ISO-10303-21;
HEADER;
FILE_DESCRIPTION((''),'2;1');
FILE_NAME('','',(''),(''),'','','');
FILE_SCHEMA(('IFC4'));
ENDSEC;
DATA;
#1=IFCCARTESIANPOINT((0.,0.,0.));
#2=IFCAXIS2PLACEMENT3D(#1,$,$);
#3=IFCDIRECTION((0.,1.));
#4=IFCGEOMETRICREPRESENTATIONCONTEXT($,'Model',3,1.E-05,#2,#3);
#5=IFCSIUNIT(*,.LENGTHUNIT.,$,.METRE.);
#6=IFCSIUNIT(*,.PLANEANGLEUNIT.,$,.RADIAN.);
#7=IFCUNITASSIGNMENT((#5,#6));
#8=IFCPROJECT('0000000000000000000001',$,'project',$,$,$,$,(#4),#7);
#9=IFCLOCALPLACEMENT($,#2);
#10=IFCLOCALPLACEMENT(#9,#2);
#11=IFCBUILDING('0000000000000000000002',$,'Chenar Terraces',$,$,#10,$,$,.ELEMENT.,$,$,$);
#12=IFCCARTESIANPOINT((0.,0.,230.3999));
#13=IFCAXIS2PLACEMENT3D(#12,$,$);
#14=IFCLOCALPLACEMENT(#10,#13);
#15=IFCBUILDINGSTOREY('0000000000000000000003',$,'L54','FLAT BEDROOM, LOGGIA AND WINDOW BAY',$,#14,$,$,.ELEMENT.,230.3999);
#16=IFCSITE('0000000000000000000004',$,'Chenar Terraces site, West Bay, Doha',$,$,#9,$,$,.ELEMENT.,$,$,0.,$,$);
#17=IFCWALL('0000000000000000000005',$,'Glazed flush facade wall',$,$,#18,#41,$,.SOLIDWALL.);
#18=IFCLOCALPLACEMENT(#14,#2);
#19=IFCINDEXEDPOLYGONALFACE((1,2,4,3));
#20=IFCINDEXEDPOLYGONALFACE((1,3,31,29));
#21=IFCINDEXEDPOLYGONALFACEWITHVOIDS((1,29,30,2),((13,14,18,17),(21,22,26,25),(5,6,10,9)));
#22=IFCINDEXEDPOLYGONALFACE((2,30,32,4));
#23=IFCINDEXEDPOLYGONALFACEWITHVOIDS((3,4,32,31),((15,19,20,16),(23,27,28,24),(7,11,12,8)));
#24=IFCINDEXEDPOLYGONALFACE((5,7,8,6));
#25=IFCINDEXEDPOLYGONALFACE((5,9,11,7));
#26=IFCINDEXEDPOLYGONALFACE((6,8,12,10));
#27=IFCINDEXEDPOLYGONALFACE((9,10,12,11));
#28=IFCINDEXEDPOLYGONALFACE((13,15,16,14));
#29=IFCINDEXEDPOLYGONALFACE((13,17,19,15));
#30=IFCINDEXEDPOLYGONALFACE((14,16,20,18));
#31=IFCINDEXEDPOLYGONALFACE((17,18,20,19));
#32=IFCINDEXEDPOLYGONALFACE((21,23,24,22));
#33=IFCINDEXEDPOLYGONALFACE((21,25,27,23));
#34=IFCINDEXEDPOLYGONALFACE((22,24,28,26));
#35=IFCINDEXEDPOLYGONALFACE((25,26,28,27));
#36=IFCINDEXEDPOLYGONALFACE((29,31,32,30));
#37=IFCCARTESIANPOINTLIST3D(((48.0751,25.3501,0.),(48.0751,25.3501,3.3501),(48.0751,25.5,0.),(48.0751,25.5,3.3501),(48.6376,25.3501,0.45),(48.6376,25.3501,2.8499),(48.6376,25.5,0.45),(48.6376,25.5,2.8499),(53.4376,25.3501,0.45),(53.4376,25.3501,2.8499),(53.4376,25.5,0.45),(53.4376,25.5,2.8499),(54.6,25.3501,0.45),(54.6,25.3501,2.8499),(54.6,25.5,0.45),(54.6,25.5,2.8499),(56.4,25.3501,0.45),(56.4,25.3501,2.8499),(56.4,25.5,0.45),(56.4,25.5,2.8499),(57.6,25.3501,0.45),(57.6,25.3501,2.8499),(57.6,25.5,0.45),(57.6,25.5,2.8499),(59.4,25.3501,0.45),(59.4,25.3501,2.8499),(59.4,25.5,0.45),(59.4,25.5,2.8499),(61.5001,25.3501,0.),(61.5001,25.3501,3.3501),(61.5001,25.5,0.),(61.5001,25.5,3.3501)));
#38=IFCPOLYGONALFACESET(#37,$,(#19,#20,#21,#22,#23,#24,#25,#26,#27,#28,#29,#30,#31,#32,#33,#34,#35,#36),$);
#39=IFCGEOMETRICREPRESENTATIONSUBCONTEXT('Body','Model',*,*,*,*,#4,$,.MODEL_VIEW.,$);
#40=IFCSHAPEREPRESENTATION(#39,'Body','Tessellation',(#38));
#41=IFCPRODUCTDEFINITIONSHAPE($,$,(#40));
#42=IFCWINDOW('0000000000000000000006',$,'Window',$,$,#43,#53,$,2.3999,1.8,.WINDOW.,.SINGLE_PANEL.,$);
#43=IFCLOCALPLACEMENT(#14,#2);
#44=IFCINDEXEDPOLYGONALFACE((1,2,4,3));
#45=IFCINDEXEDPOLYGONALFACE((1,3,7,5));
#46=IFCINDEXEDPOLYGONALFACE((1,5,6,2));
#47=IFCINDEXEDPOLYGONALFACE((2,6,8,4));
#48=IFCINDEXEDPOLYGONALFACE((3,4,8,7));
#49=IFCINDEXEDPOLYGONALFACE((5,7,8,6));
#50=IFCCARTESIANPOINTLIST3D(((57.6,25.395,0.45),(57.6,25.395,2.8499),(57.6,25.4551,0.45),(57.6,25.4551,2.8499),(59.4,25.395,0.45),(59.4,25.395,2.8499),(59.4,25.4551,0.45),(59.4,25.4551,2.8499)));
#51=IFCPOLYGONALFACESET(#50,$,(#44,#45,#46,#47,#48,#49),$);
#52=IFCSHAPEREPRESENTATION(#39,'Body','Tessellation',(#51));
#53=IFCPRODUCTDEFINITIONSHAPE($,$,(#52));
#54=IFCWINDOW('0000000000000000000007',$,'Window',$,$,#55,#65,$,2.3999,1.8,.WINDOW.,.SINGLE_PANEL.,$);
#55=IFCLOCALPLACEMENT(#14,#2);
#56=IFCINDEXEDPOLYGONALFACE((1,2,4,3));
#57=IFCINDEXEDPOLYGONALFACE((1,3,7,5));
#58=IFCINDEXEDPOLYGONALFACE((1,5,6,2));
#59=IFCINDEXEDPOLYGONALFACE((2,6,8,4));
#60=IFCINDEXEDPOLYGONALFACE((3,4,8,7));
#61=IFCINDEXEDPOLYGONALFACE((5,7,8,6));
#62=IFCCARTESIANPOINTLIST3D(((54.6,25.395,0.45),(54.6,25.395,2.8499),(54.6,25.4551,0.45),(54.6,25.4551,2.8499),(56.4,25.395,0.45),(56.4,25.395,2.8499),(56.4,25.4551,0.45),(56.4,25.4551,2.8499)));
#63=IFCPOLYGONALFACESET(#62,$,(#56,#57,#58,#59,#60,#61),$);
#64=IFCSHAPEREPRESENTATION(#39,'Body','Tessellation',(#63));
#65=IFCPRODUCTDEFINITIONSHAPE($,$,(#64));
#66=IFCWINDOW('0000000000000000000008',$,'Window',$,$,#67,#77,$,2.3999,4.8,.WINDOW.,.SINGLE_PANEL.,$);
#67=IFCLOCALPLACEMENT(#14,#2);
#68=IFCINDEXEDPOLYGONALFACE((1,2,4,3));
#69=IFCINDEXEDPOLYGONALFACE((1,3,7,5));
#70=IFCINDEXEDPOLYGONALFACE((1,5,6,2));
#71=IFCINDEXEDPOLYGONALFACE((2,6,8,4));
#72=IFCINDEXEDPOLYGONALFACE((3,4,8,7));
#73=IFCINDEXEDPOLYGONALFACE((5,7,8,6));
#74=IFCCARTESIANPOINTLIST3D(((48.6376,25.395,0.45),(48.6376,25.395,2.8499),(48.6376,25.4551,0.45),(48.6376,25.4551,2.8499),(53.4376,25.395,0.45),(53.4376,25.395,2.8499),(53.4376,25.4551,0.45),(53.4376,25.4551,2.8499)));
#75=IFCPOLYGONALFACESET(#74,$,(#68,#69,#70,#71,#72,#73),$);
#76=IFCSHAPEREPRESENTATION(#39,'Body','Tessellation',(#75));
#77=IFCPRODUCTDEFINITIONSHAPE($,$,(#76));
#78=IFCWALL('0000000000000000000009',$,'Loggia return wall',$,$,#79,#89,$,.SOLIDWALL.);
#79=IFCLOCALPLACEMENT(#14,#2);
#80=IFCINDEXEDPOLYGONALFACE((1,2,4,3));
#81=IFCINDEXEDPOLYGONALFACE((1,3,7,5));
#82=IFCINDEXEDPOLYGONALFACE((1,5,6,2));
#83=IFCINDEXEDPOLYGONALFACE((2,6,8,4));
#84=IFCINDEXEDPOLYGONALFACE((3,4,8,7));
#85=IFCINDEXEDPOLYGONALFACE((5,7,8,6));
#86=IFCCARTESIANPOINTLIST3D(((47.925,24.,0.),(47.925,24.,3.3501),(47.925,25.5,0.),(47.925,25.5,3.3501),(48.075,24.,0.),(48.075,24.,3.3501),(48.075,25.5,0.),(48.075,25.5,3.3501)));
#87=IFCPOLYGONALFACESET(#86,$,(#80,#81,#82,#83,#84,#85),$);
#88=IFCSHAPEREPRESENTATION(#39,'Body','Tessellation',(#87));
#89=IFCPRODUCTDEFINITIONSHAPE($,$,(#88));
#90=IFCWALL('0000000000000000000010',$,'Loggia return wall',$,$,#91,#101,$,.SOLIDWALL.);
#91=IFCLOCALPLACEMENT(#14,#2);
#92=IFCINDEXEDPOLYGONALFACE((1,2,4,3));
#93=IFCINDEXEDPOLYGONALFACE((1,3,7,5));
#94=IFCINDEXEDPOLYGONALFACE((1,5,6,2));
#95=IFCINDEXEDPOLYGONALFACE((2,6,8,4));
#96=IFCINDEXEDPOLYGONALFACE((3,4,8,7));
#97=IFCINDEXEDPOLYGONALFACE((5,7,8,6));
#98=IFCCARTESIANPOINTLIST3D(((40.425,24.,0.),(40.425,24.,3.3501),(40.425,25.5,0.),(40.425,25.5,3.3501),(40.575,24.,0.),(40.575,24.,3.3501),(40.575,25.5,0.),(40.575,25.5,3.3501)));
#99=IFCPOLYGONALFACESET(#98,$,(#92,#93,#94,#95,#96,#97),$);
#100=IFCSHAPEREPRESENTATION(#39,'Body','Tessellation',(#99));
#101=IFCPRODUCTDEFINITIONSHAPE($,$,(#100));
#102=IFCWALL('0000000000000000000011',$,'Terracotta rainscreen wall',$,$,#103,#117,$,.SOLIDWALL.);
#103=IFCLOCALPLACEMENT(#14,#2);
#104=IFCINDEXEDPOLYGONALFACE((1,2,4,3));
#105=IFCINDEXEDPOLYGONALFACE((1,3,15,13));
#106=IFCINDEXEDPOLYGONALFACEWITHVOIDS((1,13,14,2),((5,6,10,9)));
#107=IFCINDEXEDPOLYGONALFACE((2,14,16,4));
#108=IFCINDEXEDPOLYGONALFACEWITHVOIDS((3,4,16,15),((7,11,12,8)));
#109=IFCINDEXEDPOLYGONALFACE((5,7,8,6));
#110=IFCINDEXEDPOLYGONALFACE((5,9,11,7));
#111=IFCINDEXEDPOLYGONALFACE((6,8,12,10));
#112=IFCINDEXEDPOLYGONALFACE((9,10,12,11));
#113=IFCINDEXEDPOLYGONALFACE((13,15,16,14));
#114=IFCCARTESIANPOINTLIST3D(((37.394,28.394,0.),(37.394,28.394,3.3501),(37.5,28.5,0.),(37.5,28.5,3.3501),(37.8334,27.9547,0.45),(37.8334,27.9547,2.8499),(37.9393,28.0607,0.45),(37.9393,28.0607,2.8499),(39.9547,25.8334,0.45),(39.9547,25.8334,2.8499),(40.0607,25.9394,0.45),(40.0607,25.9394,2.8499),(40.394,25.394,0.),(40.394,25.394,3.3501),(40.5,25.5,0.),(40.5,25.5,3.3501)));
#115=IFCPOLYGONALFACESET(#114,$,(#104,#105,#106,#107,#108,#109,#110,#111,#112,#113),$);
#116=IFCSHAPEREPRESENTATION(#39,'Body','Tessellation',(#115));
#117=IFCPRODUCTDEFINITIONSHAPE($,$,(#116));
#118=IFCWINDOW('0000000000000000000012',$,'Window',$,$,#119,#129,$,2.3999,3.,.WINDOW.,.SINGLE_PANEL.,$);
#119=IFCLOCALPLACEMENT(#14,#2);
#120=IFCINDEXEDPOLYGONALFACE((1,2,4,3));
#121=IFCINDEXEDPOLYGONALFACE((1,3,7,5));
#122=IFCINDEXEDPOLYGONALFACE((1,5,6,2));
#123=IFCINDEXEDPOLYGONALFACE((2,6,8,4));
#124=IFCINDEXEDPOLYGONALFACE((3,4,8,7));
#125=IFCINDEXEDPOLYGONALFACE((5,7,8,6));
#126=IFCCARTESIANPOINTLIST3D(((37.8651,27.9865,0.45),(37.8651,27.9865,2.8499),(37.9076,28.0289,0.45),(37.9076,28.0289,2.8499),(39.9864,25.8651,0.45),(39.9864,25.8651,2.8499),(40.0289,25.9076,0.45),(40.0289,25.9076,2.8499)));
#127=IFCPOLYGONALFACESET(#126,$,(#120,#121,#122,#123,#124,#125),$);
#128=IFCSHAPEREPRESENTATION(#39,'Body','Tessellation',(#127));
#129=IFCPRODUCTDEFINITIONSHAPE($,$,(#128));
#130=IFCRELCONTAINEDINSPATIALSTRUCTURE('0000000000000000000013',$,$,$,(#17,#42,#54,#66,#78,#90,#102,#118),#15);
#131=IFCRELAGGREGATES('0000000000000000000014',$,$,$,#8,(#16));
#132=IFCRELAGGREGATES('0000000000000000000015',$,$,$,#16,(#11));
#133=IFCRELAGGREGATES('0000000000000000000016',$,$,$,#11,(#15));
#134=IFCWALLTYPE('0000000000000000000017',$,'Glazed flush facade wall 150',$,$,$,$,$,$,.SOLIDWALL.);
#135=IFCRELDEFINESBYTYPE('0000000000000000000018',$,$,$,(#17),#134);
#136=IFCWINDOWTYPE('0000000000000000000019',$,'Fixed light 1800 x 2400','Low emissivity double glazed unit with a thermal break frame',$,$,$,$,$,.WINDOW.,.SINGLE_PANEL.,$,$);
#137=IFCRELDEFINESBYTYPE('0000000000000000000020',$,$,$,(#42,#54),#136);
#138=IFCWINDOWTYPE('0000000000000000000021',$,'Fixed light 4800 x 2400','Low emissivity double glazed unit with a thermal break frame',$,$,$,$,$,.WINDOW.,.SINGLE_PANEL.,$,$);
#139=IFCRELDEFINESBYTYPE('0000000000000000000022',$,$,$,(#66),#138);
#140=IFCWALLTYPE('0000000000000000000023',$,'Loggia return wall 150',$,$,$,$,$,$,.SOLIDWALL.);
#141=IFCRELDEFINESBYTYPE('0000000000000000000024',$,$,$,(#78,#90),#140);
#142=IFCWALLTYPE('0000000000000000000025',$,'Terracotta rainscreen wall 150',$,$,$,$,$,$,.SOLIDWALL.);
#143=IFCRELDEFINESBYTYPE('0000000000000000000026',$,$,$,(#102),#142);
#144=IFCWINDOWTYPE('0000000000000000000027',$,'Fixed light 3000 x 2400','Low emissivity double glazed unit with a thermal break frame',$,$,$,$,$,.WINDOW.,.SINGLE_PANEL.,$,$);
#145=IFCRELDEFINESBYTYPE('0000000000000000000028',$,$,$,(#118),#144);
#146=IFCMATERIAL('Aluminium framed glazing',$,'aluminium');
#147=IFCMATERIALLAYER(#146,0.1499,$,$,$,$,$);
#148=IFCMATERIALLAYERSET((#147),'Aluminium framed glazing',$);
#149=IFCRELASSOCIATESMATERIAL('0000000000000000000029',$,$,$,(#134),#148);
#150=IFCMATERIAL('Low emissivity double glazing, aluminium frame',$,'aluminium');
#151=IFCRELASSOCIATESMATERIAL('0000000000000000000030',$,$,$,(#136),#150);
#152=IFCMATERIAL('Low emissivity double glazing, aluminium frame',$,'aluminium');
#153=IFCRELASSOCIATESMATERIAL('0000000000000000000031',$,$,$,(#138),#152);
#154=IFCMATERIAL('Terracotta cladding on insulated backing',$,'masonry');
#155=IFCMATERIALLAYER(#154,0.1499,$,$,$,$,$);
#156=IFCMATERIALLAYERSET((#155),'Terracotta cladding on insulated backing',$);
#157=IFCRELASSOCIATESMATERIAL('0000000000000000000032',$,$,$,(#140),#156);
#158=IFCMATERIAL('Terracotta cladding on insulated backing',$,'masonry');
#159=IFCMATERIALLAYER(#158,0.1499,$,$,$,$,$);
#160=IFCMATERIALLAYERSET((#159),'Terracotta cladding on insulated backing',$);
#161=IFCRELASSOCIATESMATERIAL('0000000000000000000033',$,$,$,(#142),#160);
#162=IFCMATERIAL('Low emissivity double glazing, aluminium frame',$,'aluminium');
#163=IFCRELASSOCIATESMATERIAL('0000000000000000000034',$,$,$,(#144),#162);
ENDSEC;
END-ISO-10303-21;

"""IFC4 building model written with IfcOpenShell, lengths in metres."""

from ifc_helpers import new_model, si_unit, direction, frame, frame_2d, origin, place, context, subcontext, project, spatial, rectangle, extrude, material, layer, layer_set, type_object, element, fill, save


model = new_model("IFC4")

# Units and contexts
model_context = context("Model", 3, precision=1e-05, world=origin(), true_north=direction((0.0, 1.0)))
body_context = subcontext(model_context, "Body", "Model", "MODEL_VIEW")
ifc_project = project(units=[si_unit("LENGTHUNIT", "METRE"), si_unit("PLANEANGLEUNIT", "RADIAN")], contexts=[model_context])

# Site, building, storey
site_placement = place(None, origin())
site = spatial("IfcSite", under=ifc_project, at=site_placement, Name="Chenar Terraces site, West Bay, Doha", CompositionType="ELEMENT", RefElevation=0.0)
building_placement = place(site_placement, origin())
building = spatial("IfcBuilding", under=site, at=building_placement, Name="Chenar Terraces", CompositionType="ELEMENT")
storey_placement = place(building_placement, frame((0.0, 0.0, 230.3999)))
storey = spatial("IfcBuildingStorey", under=building, at=storey_placement, Name="L54", Description="FLAT BEDROOM, LOGGIA AND WINDOW BAY", CompositionType="ELEMENT", Elevation=230.3999)

# Wall, openings, windows
ifc_material_1 = material(Name="Aluminium framed glazing", Category="aluminium")
ifc_layer_1 = layer(ifc_material_1, 0.1499)
ifc_layer_set_1 = layer_set([ifc_layer_1], Name="Aluminium framed glazing")
wall_type_1 = type_object("IfcWallType", Name="Glazed flush facade wall 150", PredefinedType="SOLIDWALL", material=ifc_layer_set_1)
wall_1_placement = place(storey_placement, frame((61.5, 25.425, 0.0), z_axis=(0.0, 0.0, 1.0), x_axis=(-1.0, 0.0, 0.0)))
wall_1 = element("IfcWall", 1, at=wall_1_placement, inside=storey, type_object=wall_type_1, Name="Glazed flush facade wall", PredefinedType="SOLIDWALL", context=body_context, shape_type="SweptSolid", body=[
    extrude(rectangle(XDim=13.425, YDim=0.1499, at=frame_2d((6.7124, 0.0))), origin(), (0.0, 0.0, 1.0), 3.3501),
])
opening_1_placement = place(wall_1_placement, frame((2.1001, 0.0, 0.45)))
opening_1 = element("IfcOpeningElement", 2, at=opening_1_placement, cuts=wall_1, PredefinedType="OPENING", context=body_context, shape_type="SweptSolid", body=[
    extrude(rectangle(XDim=1.8, YDim=2.3999, at=frame_2d((0.8999, 1.2))), frame((0.0, 0.085, 0.0), z_axis=(0.0, -1.0, 0.0), x_axis=(1.0, 0.0, 0.0)), (0.0, 0.0, 1.0), 0.1699),
])
opening_2_placement = place(wall_1_placement, frame((5.1001, 0.0, 0.45)))
opening_2 = element("IfcOpeningElement", 3, at=opening_2_placement, cuts=wall_1, PredefinedType="OPENING", context=body_context, shape_type="SweptSolid", body=[
    extrude(rectangle(XDim=1.8, YDim=2.3999, at=frame_2d((0.8999, 1.2))), frame((0.0, 0.085, 0.0), z_axis=(0.0, -1.0, 0.0), x_axis=(1.0, 0.0, 0.0)), (0.0, 0.0, 1.0), 0.1699),
])
opening_3_placement = place(wall_1_placement, frame((8.0625, 0.0, 0.45)))
opening_3 = element("IfcOpeningElement", 4, at=opening_3_placement, cuts=wall_1, PredefinedType="OPENING", context=body_context, shape_type="SweptSolid", body=[
    extrude(rectangle(XDim=4.8, YDim=2.3999, at=frame_2d((2.3999, 1.2))), frame((0.0, 0.085, 0.0), z_axis=(0.0, -1.0, 0.0), x_axis=(1.0, 0.0, 0.0)), (0.0, 0.0, 1.0), 0.1699),
])
ifc_material_2 = material(Name="Low emissivity double glazing, aluminium frame", Category="aluminium")
window_type_1 = type_object("IfcWindowType", Name="Fixed light 1800 x 2400", Description="Low emissivity double glazed unit with a thermal break frame", PartitioningType="SINGLE_PANEL", PredefinedType="WINDOW", material=ifc_material_2)
window_1_placement = place(opening_1_placement, origin())
window_1 = element("IfcWindow", 5, at=window_1_placement, inside=storey, type_object=window_type_1, Name="Window", OverallHeight=2.3999, OverallWidth=1.8, PartitioningType="SINGLE_PANEL", PredefinedType="WINDOW", context=body_context, shape_type="SweptSolid", body=[
    extrude(rectangle(XDim=1.8, YDim=2.3999, at=frame_2d((0.8999, 1.2))), frame((0.0, 0.03, 0.0), z_axis=(0.0, -1.0, 0.0), x_axis=(1.0, 0.0, 0.0)), (0.0, 0.0, 1.0), 0.0601),
])
fill(opening_1, window_1)
window_2_placement = place(opening_2_placement, origin())
window_2 = element("IfcWindow", 6, at=window_2_placement, inside=storey, type_object=window_type_1, Name="Window", OverallHeight=2.3999, OverallWidth=1.8, PartitioningType="SINGLE_PANEL", PredefinedType="WINDOW", context=body_context, shape_type="SweptSolid", body=[
    extrude(rectangle(XDim=1.8, YDim=2.3999, at=frame_2d((0.8999, 1.2))), frame((0.0, 0.03, 0.0), z_axis=(0.0, -1.0, 0.0), x_axis=(1.0, 0.0, 0.0)), (0.0, 0.0, 1.0), 0.0601),
])
fill(opening_2, window_2)
ifc_material_3 = material(Name="Low emissivity double glazing, aluminium frame", Category="aluminium")
window_type_2 = type_object("IfcWindowType", Name="Fixed light 4800 x 2400", Description="Low emissivity double glazed unit with a thermal break frame", PartitioningType="SINGLE_PANEL", PredefinedType="WINDOW", material=ifc_material_3)
window_3_placement = place(opening_3_placement, origin())
window_3 = element("IfcWindow", 7, at=window_3_placement, inside=storey, type_object=window_type_2, Name="Window", OverallHeight=2.3999, OverallWidth=4.8, PartitioningType="SINGLE_PANEL", PredefinedType="WINDOW", context=body_context, shape_type="SweptSolid", body=[
    extrude(rectangle(XDim=4.8, YDim=2.3999, at=frame_2d((2.3999, 1.2))), frame((0.0, 0.03, 0.0), z_axis=(0.0, -1.0, 0.0), x_axis=(1.0, 0.0, 0.0)), (0.0, 0.0, 1.0), 0.0601),
])
fill(opening_3, window_3)

# Walls
ifc_material_4 = material(Name="Terracotta cladding on insulated backing", Category="masonry")
ifc_layer_2 = layer(ifc_material_4, 0.1499)
ifc_layer_set_2 = layer_set([ifc_layer_2], Name="Terracotta cladding on insulated backing")
wall_type_2 = type_object("IfcWallType", Name="Loggia return wall 150", PredefinedType="SOLIDWALL", material=ifc_layer_set_2)
for number, where, z_axis, x_axis, name in (
    (8, (48.0, 25.5, 0.0), (0.0, 0.0, 1.0), (0.0, -1.0, 0.0), "Loggia return wall"),
    (9, (40.5, 25.5, 0.0), (0.0, 0.0, 1.0), (0.0, -1.0, 0.0), "Loggia return wall"),
):
    element("IfcWall", number, at=place(storey_placement, frame(where, z_axis=z_axis, x_axis=x_axis)), inside=storey, type_object=wall_type_2, Name=name, PredefinedType="SOLIDWALL", context=body_context, shape_type="SweptSolid", body=[
        extrude(rectangle(XDim=1.5, YDim=0.1499, at=frame_2d((0.75, 0.0))), origin(), (0.0, 0.0, 1.0), 3.3501),
    ])

# Wall, opening, window
ifc_material_5 = material(Name="Terracotta cladding on insulated backing", Category="masonry")
ifc_layer_3 = layer(ifc_material_5, 0.1499)
ifc_layer_set_3 = layer_set([ifc_layer_3], Name="Terracotta cladding on insulated backing")
wall_type_3 = type_object("IfcWallType", Name="Terracotta rainscreen wall 150", PredefinedType="SOLIDWALL", material=ifc_layer_set_3)
wall_2_placement = place(storey_placement, frame((40.447, 25.447, 0.0), z_axis=(0.0, 0.0, 1.0), x_axis=(-0.707107, 0.707107, 0.0)))
wall_2 = element("IfcWall", 10, at=wall_2_placement, inside=storey, type_object=wall_type_3, Name="Terracotta rainscreen wall", PredefinedType="SOLIDWALL", context=body_context, shape_type="SweptSolid", body=[
    extrude(rectangle(XDim=4.2427, YDim=0.1499, at=frame_2d((2.1213, 0.0))), origin(), (0.0, 0.0, 1.0), 3.3501),
])
opening_4_placement = place(wall_2_placement, frame((0.6213, 0.0, 0.45)))
opening_4 = element("IfcOpeningElement", 11, at=opening_4_placement, cuts=wall_2, PredefinedType="OPENING", context=body_context, shape_type="SweptSolid", body=[
    extrude(rectangle(XDim=3.0, YDim=2.3999, at=frame_2d((1.5, 1.2))), frame((0.0, 0.085, 0.0), z_axis=(0.0, -1.0, 0.0), x_axis=(1.0, 0.0, 0.0)), (0.0, 0.0, 1.0), 0.1699),
])
ifc_material_6 = material(Name="Low emissivity double glazing, aluminium frame", Category="aluminium")
window_type_3 = type_object("IfcWindowType", Name="Fixed light 3000 x 2400", Description="Low emissivity double glazed unit with a thermal break frame", PartitioningType="SINGLE_PANEL", PredefinedType="WINDOW", material=ifc_material_6)
window_4_placement = place(opening_4_placement, origin())
window_4 = element("IfcWindow", 12, at=window_4_placement, inside=storey, type_object=window_type_3, Name="Window", OverallHeight=2.3999, OverallWidth=3.0, PartitioningType="SINGLE_PANEL", PredefinedType="WINDOW", context=body_context, shape_type="SweptSolid", body=[
    extrude(rectangle(XDim=3.0, YDim=2.3999, at=frame_2d((1.5, 1.2))), frame((0.0, 0.03, 0.0), z_axis=(0.0, -1.0, 0.0), x_axis=(1.0, 0.0, 0.0)), (0.0, 0.0, 1.0), 0.0601),
])
fill(opening_4, window_4)

save(model, "model.ifc")
